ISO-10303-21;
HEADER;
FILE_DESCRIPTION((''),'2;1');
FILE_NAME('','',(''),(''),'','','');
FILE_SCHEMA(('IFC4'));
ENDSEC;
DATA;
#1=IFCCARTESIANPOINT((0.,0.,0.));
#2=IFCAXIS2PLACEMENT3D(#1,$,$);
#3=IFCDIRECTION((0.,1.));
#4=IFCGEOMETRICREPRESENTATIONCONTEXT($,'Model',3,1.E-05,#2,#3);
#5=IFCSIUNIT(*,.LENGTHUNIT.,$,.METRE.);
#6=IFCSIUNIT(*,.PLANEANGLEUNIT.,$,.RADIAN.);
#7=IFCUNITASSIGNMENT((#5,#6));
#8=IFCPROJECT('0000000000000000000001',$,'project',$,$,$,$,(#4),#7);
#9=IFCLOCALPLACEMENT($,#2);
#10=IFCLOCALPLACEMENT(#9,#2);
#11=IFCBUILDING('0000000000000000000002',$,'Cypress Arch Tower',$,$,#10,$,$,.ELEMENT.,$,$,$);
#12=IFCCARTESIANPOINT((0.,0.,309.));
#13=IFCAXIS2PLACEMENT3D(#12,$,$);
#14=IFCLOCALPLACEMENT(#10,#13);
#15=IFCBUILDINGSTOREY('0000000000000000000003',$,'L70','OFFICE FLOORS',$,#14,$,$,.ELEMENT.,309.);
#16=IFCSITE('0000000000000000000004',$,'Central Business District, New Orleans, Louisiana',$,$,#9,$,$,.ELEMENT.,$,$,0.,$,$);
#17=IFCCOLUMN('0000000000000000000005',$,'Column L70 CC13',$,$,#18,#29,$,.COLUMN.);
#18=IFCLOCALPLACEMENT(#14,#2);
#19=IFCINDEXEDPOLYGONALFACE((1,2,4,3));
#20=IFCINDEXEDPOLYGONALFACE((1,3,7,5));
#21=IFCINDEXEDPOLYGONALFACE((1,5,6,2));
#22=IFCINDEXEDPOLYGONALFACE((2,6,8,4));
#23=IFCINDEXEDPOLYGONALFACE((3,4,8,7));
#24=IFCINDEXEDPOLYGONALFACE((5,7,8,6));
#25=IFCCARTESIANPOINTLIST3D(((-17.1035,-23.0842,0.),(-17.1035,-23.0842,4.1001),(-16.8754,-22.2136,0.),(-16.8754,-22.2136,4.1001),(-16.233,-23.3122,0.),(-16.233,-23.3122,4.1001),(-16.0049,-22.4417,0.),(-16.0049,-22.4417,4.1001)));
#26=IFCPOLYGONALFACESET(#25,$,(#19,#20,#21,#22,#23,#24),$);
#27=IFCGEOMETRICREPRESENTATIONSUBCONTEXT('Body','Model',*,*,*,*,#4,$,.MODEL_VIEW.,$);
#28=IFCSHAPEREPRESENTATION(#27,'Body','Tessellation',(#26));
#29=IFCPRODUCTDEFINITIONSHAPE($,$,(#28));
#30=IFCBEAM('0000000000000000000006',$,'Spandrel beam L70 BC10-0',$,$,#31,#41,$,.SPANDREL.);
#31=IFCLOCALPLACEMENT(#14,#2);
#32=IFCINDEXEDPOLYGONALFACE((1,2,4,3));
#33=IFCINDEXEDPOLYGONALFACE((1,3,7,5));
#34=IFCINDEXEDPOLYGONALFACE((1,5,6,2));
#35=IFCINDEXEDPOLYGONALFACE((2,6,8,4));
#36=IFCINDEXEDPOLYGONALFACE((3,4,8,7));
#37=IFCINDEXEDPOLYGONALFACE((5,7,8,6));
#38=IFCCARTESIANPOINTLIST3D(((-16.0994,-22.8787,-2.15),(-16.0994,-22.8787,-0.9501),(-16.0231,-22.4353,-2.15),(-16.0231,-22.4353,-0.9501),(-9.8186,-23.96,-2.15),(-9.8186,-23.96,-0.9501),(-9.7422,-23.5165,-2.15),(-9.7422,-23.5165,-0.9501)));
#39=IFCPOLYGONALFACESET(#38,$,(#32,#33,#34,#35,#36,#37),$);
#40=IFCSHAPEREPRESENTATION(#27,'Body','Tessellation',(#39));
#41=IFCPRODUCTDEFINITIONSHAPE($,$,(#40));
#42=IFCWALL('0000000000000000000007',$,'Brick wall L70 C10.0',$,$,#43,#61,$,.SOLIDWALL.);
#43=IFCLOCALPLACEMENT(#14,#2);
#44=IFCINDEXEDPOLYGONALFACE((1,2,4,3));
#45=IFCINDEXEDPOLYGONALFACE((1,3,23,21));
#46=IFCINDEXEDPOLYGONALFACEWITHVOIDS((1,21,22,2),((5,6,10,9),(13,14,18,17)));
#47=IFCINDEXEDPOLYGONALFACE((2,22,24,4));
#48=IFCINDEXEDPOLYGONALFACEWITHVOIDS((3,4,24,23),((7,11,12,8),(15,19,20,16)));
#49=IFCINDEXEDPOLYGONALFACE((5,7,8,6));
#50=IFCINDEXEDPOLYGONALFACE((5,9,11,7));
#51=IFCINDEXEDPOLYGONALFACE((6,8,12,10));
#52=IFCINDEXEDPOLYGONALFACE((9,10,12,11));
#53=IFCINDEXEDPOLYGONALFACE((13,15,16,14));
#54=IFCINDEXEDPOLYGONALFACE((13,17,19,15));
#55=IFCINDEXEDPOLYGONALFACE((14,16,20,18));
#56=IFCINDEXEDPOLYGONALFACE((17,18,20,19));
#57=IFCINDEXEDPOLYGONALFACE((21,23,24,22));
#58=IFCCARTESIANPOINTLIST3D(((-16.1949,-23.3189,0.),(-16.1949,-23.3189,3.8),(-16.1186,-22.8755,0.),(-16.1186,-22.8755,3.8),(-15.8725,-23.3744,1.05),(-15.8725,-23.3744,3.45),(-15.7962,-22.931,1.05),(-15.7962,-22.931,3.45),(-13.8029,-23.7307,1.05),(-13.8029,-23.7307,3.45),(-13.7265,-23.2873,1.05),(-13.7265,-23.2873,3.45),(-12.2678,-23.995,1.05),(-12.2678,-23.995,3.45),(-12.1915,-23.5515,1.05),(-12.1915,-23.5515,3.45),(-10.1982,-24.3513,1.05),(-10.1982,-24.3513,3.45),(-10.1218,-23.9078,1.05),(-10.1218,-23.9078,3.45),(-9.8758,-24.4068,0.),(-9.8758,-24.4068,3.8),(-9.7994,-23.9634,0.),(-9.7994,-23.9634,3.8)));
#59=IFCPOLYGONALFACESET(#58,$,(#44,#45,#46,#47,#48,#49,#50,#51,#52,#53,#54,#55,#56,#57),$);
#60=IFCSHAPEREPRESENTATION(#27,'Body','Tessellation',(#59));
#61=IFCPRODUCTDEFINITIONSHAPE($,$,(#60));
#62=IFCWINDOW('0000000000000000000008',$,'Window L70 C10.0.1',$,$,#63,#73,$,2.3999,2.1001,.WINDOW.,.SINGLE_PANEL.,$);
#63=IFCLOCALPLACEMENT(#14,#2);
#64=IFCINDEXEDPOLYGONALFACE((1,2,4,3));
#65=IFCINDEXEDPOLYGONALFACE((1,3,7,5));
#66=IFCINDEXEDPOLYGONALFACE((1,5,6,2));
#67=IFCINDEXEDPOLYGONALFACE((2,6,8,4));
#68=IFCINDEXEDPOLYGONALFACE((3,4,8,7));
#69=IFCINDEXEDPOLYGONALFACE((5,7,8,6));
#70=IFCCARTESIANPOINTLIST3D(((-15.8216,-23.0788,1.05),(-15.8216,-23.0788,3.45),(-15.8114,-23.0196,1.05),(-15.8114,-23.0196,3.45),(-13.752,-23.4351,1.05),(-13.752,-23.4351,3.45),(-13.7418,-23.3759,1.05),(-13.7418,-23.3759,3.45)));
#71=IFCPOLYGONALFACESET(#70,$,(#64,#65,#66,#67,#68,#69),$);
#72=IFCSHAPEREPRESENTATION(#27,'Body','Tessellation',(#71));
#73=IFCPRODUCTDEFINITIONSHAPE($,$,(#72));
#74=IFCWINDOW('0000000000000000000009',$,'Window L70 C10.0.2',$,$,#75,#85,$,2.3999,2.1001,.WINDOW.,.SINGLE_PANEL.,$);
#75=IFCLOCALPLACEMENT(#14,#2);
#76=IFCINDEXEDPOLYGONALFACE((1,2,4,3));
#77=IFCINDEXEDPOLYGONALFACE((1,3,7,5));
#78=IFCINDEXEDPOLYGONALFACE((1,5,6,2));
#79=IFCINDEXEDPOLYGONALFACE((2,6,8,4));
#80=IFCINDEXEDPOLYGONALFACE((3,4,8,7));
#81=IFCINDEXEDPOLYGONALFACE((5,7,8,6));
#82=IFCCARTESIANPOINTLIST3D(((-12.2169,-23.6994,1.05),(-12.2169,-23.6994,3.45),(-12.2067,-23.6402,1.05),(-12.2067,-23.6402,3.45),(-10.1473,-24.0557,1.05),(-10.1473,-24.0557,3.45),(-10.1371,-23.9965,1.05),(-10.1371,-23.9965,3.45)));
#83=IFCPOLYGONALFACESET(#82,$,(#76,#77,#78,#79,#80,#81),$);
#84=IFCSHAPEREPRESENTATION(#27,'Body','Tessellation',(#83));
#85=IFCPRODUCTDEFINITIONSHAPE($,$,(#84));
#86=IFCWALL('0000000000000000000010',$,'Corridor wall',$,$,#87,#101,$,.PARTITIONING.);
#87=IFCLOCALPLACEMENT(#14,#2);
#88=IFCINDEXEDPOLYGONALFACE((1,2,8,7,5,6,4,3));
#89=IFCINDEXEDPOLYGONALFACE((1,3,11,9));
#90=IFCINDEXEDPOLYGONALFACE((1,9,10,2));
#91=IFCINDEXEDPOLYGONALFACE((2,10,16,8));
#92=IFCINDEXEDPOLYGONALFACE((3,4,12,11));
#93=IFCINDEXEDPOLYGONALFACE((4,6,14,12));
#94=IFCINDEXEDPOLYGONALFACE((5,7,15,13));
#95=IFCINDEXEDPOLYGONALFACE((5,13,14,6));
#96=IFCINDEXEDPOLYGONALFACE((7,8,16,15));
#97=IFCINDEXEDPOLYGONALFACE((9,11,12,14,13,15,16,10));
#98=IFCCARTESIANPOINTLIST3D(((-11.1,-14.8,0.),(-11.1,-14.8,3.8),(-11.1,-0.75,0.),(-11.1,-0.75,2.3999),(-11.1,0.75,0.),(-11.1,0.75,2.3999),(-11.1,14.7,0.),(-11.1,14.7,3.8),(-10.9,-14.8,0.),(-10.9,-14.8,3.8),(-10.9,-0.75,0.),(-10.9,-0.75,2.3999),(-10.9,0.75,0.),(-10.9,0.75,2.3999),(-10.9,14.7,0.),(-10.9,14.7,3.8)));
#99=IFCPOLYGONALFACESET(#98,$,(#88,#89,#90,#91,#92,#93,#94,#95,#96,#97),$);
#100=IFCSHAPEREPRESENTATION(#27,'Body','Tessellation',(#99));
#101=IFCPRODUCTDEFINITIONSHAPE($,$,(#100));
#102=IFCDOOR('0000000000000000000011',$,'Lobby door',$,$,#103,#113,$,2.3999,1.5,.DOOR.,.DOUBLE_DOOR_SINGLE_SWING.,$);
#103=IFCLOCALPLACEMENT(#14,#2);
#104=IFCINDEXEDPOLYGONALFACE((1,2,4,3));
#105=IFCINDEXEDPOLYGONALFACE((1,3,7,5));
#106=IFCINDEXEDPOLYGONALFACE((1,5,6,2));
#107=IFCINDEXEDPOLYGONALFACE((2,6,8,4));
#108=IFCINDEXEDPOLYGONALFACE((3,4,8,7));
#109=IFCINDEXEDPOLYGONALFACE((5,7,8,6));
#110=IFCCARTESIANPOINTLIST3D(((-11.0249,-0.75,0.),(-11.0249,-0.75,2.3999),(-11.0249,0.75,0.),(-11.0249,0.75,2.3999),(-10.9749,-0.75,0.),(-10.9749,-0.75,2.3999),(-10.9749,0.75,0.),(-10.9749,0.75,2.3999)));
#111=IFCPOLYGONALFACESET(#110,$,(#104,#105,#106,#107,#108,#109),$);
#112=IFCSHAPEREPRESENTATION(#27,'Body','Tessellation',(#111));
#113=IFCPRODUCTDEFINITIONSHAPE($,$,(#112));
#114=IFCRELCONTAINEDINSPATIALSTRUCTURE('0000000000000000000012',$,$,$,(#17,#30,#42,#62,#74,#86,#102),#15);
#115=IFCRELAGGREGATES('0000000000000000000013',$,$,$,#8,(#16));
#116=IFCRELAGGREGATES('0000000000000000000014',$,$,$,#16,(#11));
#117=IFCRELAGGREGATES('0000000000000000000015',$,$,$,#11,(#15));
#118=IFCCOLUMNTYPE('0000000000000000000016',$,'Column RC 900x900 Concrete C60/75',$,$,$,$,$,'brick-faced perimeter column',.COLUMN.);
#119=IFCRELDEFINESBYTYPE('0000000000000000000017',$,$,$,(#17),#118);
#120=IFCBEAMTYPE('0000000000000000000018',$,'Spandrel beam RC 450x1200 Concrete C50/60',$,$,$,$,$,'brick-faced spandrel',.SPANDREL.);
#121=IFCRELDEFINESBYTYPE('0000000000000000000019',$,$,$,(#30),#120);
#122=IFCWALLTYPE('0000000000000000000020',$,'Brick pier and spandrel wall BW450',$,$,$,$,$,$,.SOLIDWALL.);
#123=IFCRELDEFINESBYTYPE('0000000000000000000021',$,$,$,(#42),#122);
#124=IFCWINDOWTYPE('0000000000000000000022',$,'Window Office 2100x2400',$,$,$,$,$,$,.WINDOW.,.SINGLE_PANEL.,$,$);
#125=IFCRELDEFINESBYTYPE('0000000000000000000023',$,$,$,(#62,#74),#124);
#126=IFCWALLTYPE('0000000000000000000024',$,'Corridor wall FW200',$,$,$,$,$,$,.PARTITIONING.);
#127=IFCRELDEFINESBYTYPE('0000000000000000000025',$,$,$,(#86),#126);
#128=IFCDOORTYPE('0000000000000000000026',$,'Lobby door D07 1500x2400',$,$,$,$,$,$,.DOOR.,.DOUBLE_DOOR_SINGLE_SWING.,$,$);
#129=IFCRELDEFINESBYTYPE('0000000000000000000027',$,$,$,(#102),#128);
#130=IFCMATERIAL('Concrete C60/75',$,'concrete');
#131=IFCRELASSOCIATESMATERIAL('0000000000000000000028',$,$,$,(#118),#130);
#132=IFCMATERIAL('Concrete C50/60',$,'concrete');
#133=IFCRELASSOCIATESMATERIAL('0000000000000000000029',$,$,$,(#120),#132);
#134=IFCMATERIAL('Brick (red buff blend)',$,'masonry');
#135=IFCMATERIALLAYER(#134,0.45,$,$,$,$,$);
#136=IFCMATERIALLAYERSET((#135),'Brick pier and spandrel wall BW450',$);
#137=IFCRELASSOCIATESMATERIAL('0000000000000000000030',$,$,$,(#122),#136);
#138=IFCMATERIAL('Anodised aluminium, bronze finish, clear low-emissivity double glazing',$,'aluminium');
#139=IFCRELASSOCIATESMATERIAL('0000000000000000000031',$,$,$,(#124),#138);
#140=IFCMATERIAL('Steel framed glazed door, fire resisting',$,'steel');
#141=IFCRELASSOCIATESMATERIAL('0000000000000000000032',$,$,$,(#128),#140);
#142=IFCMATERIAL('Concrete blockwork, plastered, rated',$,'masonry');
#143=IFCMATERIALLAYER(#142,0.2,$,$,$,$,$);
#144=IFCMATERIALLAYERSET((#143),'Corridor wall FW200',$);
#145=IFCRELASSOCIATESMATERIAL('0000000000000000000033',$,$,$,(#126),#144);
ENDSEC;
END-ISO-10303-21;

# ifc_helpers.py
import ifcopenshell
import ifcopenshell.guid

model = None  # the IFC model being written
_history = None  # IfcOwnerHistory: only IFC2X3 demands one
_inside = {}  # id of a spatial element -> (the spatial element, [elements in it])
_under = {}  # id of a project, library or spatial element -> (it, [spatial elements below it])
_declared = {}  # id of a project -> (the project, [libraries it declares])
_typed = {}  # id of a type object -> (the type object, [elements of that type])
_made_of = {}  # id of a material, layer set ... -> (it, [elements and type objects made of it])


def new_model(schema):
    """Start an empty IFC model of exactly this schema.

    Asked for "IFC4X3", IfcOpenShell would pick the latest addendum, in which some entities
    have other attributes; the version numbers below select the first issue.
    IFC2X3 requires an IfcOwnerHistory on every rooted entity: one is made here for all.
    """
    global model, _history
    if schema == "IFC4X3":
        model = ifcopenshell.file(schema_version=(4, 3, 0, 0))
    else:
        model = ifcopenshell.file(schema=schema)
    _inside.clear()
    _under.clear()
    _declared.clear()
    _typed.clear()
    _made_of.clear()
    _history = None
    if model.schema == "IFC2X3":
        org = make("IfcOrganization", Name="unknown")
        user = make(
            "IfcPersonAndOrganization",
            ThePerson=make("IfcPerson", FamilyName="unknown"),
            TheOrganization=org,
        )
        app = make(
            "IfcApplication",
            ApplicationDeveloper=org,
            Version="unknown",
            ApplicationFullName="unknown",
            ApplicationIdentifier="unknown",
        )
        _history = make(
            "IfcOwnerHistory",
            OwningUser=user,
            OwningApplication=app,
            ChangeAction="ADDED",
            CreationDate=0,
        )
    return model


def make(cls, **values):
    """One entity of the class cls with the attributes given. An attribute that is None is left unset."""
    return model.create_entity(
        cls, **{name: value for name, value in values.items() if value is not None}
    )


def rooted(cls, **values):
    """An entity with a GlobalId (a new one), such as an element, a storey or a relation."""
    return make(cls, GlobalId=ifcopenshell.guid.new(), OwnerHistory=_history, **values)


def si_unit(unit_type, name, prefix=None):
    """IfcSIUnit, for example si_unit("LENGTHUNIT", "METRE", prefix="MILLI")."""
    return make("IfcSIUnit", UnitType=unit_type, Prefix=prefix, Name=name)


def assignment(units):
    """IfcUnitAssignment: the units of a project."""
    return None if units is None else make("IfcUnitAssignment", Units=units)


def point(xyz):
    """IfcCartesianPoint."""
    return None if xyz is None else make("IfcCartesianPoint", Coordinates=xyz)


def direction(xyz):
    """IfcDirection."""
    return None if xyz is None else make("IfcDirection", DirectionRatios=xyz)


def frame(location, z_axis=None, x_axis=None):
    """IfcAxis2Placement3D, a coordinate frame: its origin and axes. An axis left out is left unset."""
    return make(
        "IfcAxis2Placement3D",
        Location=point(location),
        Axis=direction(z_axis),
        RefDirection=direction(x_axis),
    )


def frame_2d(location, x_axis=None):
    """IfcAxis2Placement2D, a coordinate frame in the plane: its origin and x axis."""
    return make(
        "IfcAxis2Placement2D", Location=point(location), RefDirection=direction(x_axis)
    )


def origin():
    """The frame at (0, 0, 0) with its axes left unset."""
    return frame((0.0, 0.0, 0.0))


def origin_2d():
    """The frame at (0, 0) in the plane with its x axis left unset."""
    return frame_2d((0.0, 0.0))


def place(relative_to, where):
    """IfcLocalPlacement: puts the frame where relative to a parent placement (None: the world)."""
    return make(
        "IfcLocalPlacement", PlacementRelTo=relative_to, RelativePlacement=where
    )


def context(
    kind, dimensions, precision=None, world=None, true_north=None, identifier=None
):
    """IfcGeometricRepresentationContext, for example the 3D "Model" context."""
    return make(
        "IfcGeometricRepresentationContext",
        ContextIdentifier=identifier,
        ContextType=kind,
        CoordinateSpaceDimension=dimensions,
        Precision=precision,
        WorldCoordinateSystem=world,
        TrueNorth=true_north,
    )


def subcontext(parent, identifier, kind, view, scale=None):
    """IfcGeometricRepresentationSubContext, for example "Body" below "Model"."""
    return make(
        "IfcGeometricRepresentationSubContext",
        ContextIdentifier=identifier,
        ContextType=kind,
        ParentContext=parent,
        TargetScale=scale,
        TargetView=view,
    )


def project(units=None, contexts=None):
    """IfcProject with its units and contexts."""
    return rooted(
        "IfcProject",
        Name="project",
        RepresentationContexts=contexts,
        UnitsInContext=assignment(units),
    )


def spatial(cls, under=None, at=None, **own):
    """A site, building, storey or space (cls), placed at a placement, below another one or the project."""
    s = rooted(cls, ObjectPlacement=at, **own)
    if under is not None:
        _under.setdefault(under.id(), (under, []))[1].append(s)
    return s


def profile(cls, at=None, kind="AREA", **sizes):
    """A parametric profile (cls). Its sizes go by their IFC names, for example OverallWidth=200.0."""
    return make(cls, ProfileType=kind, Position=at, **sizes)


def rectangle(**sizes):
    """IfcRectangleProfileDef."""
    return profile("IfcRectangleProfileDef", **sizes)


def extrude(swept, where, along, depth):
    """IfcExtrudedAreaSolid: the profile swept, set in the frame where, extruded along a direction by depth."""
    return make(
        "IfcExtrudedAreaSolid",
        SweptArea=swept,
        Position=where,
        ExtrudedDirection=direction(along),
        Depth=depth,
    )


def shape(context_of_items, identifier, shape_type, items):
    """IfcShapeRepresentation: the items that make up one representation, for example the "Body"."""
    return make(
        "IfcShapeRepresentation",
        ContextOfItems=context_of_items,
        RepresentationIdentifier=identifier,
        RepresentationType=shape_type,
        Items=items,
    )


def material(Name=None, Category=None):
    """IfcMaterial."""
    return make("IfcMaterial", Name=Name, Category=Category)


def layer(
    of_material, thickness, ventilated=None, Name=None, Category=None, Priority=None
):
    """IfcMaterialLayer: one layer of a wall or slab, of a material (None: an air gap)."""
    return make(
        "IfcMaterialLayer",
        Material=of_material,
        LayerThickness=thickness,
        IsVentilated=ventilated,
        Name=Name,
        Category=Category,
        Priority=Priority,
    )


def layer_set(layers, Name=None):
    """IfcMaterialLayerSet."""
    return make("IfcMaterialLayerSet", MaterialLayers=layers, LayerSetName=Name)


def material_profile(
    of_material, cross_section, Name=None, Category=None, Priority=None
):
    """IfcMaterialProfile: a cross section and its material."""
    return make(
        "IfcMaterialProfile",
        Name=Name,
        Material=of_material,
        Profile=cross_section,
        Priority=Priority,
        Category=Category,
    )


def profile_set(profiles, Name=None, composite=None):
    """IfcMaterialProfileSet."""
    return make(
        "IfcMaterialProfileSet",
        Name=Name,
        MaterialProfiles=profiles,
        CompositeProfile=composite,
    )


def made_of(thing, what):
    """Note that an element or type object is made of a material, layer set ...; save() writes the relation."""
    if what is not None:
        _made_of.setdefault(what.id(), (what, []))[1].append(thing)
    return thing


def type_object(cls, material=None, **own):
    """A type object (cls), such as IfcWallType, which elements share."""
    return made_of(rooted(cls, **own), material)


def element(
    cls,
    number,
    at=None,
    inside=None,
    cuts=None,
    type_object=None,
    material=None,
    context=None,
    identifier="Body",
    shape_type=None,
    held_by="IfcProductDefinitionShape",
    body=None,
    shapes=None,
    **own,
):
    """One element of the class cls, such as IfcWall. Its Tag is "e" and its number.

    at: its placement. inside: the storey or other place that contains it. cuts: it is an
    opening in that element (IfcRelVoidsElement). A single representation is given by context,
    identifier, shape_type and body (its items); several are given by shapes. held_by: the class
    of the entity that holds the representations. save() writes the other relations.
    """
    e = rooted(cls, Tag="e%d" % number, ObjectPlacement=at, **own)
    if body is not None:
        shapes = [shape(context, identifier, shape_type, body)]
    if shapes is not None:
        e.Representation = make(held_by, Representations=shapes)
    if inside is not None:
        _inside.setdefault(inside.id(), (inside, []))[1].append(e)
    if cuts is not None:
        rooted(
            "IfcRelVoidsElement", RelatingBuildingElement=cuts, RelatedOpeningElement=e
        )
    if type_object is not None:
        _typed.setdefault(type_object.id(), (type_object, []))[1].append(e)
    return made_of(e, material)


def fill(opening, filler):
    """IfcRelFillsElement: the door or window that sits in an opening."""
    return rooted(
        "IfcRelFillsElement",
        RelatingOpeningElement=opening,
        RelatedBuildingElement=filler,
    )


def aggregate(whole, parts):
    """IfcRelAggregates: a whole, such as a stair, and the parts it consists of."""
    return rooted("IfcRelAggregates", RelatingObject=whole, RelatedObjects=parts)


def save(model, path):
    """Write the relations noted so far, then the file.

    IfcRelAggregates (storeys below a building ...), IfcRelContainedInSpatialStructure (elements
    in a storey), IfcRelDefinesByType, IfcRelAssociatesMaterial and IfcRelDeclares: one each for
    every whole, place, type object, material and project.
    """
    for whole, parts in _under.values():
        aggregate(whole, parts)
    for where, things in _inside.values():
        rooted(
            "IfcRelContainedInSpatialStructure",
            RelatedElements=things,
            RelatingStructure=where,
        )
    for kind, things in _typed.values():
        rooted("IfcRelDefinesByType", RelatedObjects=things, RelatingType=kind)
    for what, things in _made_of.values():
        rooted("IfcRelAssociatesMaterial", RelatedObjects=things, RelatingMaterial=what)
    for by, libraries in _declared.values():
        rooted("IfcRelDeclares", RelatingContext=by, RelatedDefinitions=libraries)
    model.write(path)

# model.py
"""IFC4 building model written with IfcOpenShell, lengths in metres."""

from ifc_helpers import new_model, si_unit, direction, frame, frame_2d, origin, origin_2d, place, context, subcontext, project, spatial, rectangle, extrude, material, layer, layer_set, material_profile, profile_set, type_object, element, fill, save


model = new_model("IFC4")

# Units and contexts
model_context = context("Model", 3, precision=1e-05, world=origin(), true_north=direction((0.0, 1.0)))
body_context = subcontext(model_context, "Body", "Model", "MODEL_VIEW")
ifc_project = project(units=[si_unit("LENGTHUNIT", "METRE"), si_unit("PLANEANGLEUNIT", "RADIAN")], contexts=[model_context])

# Site, building, storey
site_placement = place(None, origin())
site = spatial("IfcSite", under=ifc_project, at=site_placement, Name="Central Business District, New Orleans, Louisiana", CompositionType="ELEMENT", RefElevation=0.0)
building_placement = place(site_placement, origin())
building = spatial("IfcBuilding", under=site, at=building_placement, Name="Cypress Arch Tower", CompositionType="ELEMENT")
storey_placement = place(building_placement, frame((0.0, 0.0, 309.0)))
storey = spatial("IfcBuildingStorey", under=building, at=storey_placement, Name="L70", Description="OFFICE FLOORS", CompositionType="ELEMENT", Elevation=309.0)

# Column
ifc_material_1 = material(Name="Concrete C60/75", Category="concrete")
ifc_material_profile_1 = material_profile(ifc_material_1, rectangle(XDim=0.8999, YDim=0.8999, at=origin_2d()), Name="RC 900x900")
ifc_profile_set_1 = profile_set([ifc_material_profile_1], Name="Concrete C60/75")
column_type = type_object("IfcColumnType", Name="Column RC 900x900 Concrete C60/75", ElementType="brick-faced perimeter column", PredefinedType="COLUMN", material=ifc_profile_set_1)
column_placement = place(storey_placement, frame((-16.5542, -22.7629, 0.0), z_axis=(0.0, 0.0, 1.0), x_axis=(0.967356, -0.253422, 0.0)))
element("IfcColumn", 1, at=column_placement, inside=storey, type_object=column_type, Name="Column L70 CC13", PredefinedType="COLUMN", context=body_context, shape_type="SweptSolid", body=[
    extrude(rectangle(XDim=0.8999, YDim=0.8999, at=origin_2d()), origin(), (0.0, 0.0, 1.0), 4.1001),
])

# Beam
ifc_material_2 = material(Name="Concrete C50/60", Category="concrete")
ifc_material_profile_2 = material_profile(ifc_material_2, rectangle(XDim=0.45, YDim=1.2, at=origin_2d()), Name="RC 450x1200")
ifc_profile_set_2 = profile_set([ifc_material_profile_2], Name="Concrete C50/60")
beam_type = type_object("IfcBeamType", Name="Spandrel beam RC 450x1200 Concrete C50/60", ElementType="brick-faced spandrel", PredefinedType="SPANDREL", material=ifc_profile_set_2)
beam_placement = place(storey_placement, frame((-16.0613, -22.657, -1.55), z_axis=(0.985503, -0.169658, 0.0), x_axis=(0.169658, 0.985503, 0.0)))
element("IfcBeam", 2, at=beam_placement, inside=storey, type_object=beam_type, Name="Spandrel beam L70 BC10-0", PredefinedType="SPANDREL", context=body_context, shape_type="SweptSolid", body=[
    extrude(rectangle(XDim=0.45, YDim=1.2, at=origin_2d()), origin(), (0.0, 0.0, 1.0), 6.3733),
])

# Wall, openings, windows
ifc_material_3 = material(Name="Brick (red buff blend)", Category="masonry")
ifc_layer_1 = layer(ifc_material_3, 0.45)
ifc_layer_set_1 = layer_set([ifc_layer_1], Name="Brick pier and spandrel wall BW450")
wall_type_1 = type_object("IfcWallType", Name="Brick pier and spandrel wall BW450", PredefinedType="SOLIDWALL", material=ifc_layer_set_1)
wall_1_placement = place(storey_placement, frame((-16.1567, -23.0972, 0.0), z_axis=(0.0, 0.0, 1.0), x_axis=(0.985502, -0.169663, 0.0)))
wall_1 = element("IfcWall", 3, at=wall_1_placement, inside=storey, type_object=wall_type_1, Name="Brick wall L70 C10.0", PredefinedType="SOLIDWALL", context=body_context, shape_type="SweptSolid", body=[
    extrude(rectangle(XDim=6.4121, YDim=0.45, at=frame_2d((3.2061, 0.0))), origin(), (0.0, 0.0, 1.0), 3.8),
])
opening_1_placement = place(wall_1_placement, frame((0.3271, 0.0, 1.05)))
opening_1 = element("IfcOpeningElement", 4, at=opening_1_placement, cuts=wall_1, PredefinedType="OPENING", context=body_context, shape_type="SweptSolid", body=[
    extrude(rectangle(XDim=2.1001, YDim=2.3999, at=frame_2d((1.05, 1.2))), frame((0.0, 0.2349, 0.0), z_axis=(0.0, -1.0, 0.0), x_axis=(1.0, 0.0, 0.0)), (0.0, 0.0, 1.0), 0.47),
])
opening_2_placement = place(wall_1_placement, frame((3.9849, 0.0, 1.05)))
opening_2 = element("IfcOpeningElement", 5, at=opening_2_placement, cuts=wall_1, PredefinedType="OPENING", context=body_context, shape_type="SweptSolid", body=[
    extrude(rectangle(XDim=2.1001, YDim=2.3999, at=frame_2d((1.05, 1.2))), frame((0.0, 0.2349, 0.0), z_axis=(0.0, -1.0, 0.0), x_axis=(1.0, 0.0, 0.0)), (0.0, 0.0, 1.0), 0.47),
])
ifc_material_4 = material(Name="Anodised aluminium, bronze finish, clear low-emissivity double glazing", Category="aluminium")
window_type = type_object("IfcWindowType", Name="Window Office 2100x2400", PartitioningType="SINGLE_PANEL", PredefinedType="WINDOW", material=ifc_material_4)
window_1_placement = place(opening_1_placement, origin())
window_1 = element("IfcWindow", 6, at=window_1_placement, inside=storey, type_object=window_type, Name="Window L70 C10.0.1", OverallHeight=2.3999, OverallWidth=2.1001, PartitioningType="SINGLE_PANEL", PredefinedType="WINDOW", context=body_context, shape_type="SweptSolid", body=[
    extrude(rectangle(XDim=2.1001, YDim=2.3999, at=frame_2d((1.05, 1.2))), frame((0.0, 0.135, 0.0), z_axis=(0.0, -1.0, 0.0), x_axis=(1.0, 0.0, 0.0)), (0.0, 0.0, 1.0), 0.0601),
])
fill(opening_1, window_1)
window_2_placement = place(opening_2_placement, origin())
window_2 = element("IfcWindow", 7, at=window_2_placement, inside=storey, type_object=window_type, Name="Window L70 C10.0.2", OverallHeight=2.3999, OverallWidth=2.1001, PartitioningType="SINGLE_PANEL", PredefinedType="WINDOW", context=body_context, shape_type="SweptSolid", body=[
    extrude(rectangle(XDim=2.1001, YDim=2.3999, at=frame_2d((1.05, 1.2))), frame((0.0, 0.135, 0.0), z_axis=(0.0, -1.0, 0.0), x_axis=(1.0, 0.0, 0.0)), (0.0, 0.0, 1.0), 0.0601),
])
fill(opening_2, window_2)

# Shared definitions
ifc_material_5 = material(Name="Steel framed glazed door, fire resisting", Category="steel")
door_type_1 = type_object("IfcDoorType", Name="Lobby door D07 1500x2400", OperationType="DOUBLE_DOOR_SINGLE_SWING", PredefinedType="DOOR", material=ifc_material_5)

# Shared definitions
ifc_material_6 = material(Name="Concrete blockwork, plastered, rated", Category="masonry")
ifc_layer_2 = layer(ifc_material_6, 0.2)
ifc_layer_set_2 = layer_set([ifc_layer_2], Name="Corridor wall FW200")
wall_type_2 = type_object("IfcWallType", Name="Corridor wall FW200", PredefinedType="PARTITIONING", material=ifc_layer_set_2)

# Wall, opening, door
wall_2_placement = place(storey_placement, frame((-11.0, -14.8, 0.0), z_axis=(0.0, 0.0, 1.0), x_axis=(0.0, 1.0, 0.0)))
wall_2 = element("IfcWall", 8, at=wall_2_placement, inside=storey, type_object=wall_type_2, Name="Corridor wall", PredefinedType="PARTITIONING", context=body_context, shape_type="SweptSolid", body=[
    extrude(rectangle(XDim=29.5, YDim=0.2, at=frame_2d((14.75, 0.0))), origin(), (0.0, 0.0, 1.0), 3.8),
])
opening_3_placement = place(wall_2_placement, frame((14.05, 0.0, 0.0)))
opening_3 = element("IfcOpeningElement", 9, at=opening_3_placement, cuts=wall_2, PredefinedType="OPENING", context=body_context, shape_type="SweptSolid", body=[
    extrude(rectangle(XDim=1.5, YDim=2.3999, at=frame_2d((0.75, 1.2))), frame((0.0, 0.1099, 0.0), z_axis=(0.0, -1.0, 0.0), x_axis=(1.0, 0.0, 0.0)), (0.0, 0.0, 1.0), 0.22),
])
door_1_placement = place(opening_3_placement, origin())
door_1 = element("IfcDoor", 10, at=door_1_placement, inside=storey, type_object=door_type_1, Name="Lobby door", OperationType="DOUBLE_DOOR_SINGLE_SWING", OverallHeight=2.3999, OverallWidth=1.5, PredefinedType="DOOR", context=body_context, shape_type="SweptSolid", body=[
    extrude(rectangle(XDim=1.5, YDim=2.3999, at=frame_2d((0.75, 1.2))), frame((0.0, 0.0249, 0.0), z_axis=(0.0, -1.0, 0.0), x_axis=(1.0, 0.0, 0.0)), (0.0, 0.0, 1.0), 0.05),
])
fill(opening_3, door_1)

save(model, "model.ifc")
